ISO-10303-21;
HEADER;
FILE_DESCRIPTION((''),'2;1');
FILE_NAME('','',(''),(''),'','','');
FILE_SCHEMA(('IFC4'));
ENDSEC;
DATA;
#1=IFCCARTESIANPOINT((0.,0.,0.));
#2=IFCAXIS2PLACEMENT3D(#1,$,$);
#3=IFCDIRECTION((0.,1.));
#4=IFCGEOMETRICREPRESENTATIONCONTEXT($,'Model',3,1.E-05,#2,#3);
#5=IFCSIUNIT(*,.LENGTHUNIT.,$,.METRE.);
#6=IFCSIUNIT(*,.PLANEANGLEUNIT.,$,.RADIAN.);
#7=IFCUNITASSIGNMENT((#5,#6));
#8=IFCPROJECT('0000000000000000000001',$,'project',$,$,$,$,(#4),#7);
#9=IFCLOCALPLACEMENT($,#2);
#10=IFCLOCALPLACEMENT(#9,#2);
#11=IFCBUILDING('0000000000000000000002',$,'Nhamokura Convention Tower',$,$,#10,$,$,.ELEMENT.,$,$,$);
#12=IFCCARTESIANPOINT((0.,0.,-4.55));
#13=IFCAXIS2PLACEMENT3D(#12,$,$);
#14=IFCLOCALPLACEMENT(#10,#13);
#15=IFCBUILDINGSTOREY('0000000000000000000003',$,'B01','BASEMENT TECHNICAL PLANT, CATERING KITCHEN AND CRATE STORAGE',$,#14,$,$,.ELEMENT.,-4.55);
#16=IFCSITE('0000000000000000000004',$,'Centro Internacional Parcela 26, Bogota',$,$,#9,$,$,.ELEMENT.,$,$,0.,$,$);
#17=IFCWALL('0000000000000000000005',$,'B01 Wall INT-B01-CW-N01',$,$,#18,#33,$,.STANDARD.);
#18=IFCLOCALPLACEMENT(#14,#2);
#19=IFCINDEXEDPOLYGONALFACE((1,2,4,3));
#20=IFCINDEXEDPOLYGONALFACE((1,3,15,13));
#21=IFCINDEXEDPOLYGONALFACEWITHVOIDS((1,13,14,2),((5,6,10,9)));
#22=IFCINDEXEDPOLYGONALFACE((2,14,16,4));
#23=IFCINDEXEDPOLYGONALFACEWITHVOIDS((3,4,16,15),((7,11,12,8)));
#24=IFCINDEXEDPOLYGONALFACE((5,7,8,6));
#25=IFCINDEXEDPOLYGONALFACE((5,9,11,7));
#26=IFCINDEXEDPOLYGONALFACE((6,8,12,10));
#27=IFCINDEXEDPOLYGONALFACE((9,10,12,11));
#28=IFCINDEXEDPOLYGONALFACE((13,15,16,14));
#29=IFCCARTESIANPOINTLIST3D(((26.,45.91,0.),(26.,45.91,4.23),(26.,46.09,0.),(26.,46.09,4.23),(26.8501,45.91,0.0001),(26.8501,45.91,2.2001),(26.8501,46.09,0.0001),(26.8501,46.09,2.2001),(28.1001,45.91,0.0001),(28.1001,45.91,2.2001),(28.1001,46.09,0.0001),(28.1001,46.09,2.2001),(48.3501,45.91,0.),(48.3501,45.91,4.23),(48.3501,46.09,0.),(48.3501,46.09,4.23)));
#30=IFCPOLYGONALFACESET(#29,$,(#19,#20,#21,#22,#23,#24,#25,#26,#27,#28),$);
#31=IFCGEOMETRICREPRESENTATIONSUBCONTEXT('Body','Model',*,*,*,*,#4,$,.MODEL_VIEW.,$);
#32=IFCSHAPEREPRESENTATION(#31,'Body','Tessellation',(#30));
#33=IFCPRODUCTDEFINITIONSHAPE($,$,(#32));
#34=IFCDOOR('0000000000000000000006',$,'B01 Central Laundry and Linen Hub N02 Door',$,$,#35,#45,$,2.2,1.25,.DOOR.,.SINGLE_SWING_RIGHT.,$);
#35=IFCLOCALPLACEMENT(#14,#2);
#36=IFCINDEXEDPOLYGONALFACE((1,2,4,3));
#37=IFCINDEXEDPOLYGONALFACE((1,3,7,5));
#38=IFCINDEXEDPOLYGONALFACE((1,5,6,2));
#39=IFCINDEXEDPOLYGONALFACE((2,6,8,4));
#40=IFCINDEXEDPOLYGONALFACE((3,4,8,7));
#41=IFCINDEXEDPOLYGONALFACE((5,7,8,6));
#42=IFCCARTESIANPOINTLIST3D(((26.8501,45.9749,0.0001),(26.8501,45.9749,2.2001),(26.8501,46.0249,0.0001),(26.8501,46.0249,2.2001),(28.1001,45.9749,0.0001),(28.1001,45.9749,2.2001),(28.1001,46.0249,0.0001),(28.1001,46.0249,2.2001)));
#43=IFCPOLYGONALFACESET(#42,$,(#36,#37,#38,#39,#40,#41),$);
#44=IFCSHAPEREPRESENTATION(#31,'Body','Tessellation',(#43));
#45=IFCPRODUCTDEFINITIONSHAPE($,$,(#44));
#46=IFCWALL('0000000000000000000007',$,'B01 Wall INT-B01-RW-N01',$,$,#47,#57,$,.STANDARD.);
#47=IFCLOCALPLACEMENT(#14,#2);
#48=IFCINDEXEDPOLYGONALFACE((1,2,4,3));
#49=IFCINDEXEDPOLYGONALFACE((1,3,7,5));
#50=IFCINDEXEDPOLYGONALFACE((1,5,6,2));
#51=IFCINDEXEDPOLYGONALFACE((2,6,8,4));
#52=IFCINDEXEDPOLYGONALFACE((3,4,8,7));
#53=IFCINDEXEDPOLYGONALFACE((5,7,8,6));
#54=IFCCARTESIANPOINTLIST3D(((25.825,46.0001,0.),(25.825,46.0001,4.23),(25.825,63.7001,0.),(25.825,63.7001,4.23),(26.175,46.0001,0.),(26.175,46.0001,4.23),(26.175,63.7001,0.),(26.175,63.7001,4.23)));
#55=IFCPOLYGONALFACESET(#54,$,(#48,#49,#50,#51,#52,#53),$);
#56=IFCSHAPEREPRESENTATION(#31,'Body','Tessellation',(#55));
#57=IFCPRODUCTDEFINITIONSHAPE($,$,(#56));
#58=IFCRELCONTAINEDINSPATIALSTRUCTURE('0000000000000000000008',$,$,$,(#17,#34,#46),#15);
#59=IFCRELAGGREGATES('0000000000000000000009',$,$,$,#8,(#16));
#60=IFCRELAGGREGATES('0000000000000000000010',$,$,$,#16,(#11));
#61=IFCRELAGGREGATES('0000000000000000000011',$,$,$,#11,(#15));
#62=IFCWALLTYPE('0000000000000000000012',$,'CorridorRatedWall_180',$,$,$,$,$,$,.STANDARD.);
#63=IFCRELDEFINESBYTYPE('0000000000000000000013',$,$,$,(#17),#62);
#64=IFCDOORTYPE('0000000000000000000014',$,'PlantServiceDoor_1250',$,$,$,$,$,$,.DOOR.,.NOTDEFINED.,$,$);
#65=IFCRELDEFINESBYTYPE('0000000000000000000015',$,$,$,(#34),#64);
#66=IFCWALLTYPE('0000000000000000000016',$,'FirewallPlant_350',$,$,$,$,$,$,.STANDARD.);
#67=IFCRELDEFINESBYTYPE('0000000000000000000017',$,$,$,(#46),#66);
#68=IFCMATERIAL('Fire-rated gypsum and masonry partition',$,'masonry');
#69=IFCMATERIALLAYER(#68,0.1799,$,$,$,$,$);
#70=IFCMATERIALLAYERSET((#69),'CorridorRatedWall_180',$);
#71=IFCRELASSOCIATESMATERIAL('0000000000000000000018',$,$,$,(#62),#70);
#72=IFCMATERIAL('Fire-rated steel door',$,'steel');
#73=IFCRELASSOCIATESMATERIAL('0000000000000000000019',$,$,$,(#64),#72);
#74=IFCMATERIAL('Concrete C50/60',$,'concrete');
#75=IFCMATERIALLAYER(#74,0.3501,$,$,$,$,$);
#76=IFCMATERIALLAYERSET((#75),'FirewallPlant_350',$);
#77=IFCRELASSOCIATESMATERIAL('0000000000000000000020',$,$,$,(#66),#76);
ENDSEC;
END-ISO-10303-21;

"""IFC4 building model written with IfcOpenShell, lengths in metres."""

from ifc_helpers import new_model, si_unit, direction, frame, frame_2d, origin, place, context, subcontext, project, spatial, rectangle, extrude, material, layer, layer_set, type_object, element, fill, save


model = new_model("IFC4")

# Units and contexts
model_context = context("Model", 3, precision=1e-05, world=origin(), true_north=direction((0.0, 1.0)))
body_context = subcontext(model_context, "Body", "Model", "MODEL_VIEW")
ifc_project = project(units=[si_unit("LENGTHUNIT", "METRE"), si_unit("PLANEANGLEUNIT", "RADIAN")], contexts=[model_context])

# Site, building, storey
site_placement = place(None, origin())
site = spatial("IfcSite", under=ifc_project, at=site_placement, Name="Centro Internacional Parcela 26, Bogota", CompositionType="ELEMENT", RefElevation=0.0)
building_placement = place(site_placement, origin())
building = spatial("IfcBuilding", under=site, at=building_placement, Name="Nhamokura Convention Tower", CompositionType="ELEMENT")
storey_placement = place(building_placement, frame((0.0, 0.0, -4.55)))
storey = spatial("IfcBuildingStorey", under=building, at=storey_placement, Name="B01", Description="BASEMENT TECHNICAL PLANT, CATERING KITCHEN AND CRATE STORAGE", CompositionType="ELEMENT", Elevation=-4.55)

# Wall, opening, door
ifc_material_1 = material(Name="Fire-rated gypsum and masonry partition", Category="masonry")
ifc_layer_1 = layer(ifc_material_1, 0.1799)
ifc_layer_set_1 = layer_set([ifc_layer_1], Name="CorridorRatedWall_180")
wall_type_1 = type_object("IfcWallType", Name="CorridorRatedWall_180", PredefinedType="STANDARD", material=ifc_layer_set_1)
ifc_material_2 = material(Name="Fire-rated steel door", Category="steel")
door_type = type_object("IfcDoorType", Name="PlantServiceDoor_1250", OperationType="NOTDEFINED", PredefinedType="DOOR", material=ifc_material_2)
wall_1_placement = place(storey_placement, frame((26.0, 46.0, 0.0), z_axis=(0.0, 0.0, 1.0), x_axis=(1.0, 0.0, 0.0)))
wall_1 = element("IfcWall", 1, at=wall_1_placement, inside=storey, type_object=wall_type_1, Name="B01 Wall INT-B01-CW-N01", PredefinedType="STANDARD", context=body_context, shape_type="SweptSolid", body=[
    extrude(rectangle(XDim=22.3501, YDim=0.1799, at=frame_2d((11.175, 0.0))), origin(), (0.0, 0.0, 1.0), 4.23),
])
opening_1_placement = place(wall_1_placement, frame((0.8501, 0.0, 0.0)))
opening_1 = element("IfcOpeningElement", 2, at=opening_1_placement, cuts=wall_1, PredefinedType="OPENING", context=body_context, shape_type="SweptSolid", body=[
    extrude(rectangle(XDim=1.25, YDim=2.2, at=frame_2d((0.625, 1.1001))), frame((0.0, 0.0999, 0.0), z_axis=(0.0, -1.0, 0.0), x_axis=(1.0, 0.0, 0.0)), (0.0, 0.0, 1.0), 0.2),
])
door_1_placement = place(opening_1_placement, origin())
door_1 = element("IfcDoor", 3, at=door_1_placement, inside=storey, type_object=door_type, Name="B01 Central Laundry and Linen Hub N02 Door", OperationType="SINGLE_SWING_RIGHT", OverallHeight=2.2, OverallWidth=1.25, PredefinedType="DOOR", context=body_context, shape_type="SweptSolid", body=[
    extrude(rectangle(XDim=1.25, YDim=2.2, at=frame_2d((0.625, 1.1001))), frame((0.0, 0.0249, 0.0), z_axis=(0.0, -1.0, 0.0), x_axis=(1.0, 0.0, 0.0)), (0.0, 0.0, 1.0), 0.05),
])
fill(opening_1, door_1)

# Wall
ifc_material_3 = material(Name="Concrete C50/60", Category="concrete")
ifc_layer_2 = layer(ifc_material_3, 0.3501)
ifc_layer_set_2 = layer_set([ifc_layer_2], Name="FirewallPlant_350")
wall_type_2 = type_object("IfcWallType", Name="FirewallPlant_350", PredefinedType="STANDARD", material=ifc_layer_set_2)
wall_2_placement = place(storey_placement, frame((26.0, 46.0, 0.0), z_axis=(0.0, 0.0, 1.0), x_axis=(0.0, 1.0, 0.0)))
element("IfcWall", 4, at=wall_2_placement, inside=storey, type_object=wall_type_2, Name="B01 Wall INT-B01-RW-N01", PredefinedType="STANDARD", context=body_context, shape_type="SweptSolid", body=[
    extrude(rectangle(XDim=17.7, YDim=0.3501, at=frame_2d((8.8501, 0.0))), origin(), (0.0, 0.0, 1.0), 4.23),
])

save(model, "model.ifc")
